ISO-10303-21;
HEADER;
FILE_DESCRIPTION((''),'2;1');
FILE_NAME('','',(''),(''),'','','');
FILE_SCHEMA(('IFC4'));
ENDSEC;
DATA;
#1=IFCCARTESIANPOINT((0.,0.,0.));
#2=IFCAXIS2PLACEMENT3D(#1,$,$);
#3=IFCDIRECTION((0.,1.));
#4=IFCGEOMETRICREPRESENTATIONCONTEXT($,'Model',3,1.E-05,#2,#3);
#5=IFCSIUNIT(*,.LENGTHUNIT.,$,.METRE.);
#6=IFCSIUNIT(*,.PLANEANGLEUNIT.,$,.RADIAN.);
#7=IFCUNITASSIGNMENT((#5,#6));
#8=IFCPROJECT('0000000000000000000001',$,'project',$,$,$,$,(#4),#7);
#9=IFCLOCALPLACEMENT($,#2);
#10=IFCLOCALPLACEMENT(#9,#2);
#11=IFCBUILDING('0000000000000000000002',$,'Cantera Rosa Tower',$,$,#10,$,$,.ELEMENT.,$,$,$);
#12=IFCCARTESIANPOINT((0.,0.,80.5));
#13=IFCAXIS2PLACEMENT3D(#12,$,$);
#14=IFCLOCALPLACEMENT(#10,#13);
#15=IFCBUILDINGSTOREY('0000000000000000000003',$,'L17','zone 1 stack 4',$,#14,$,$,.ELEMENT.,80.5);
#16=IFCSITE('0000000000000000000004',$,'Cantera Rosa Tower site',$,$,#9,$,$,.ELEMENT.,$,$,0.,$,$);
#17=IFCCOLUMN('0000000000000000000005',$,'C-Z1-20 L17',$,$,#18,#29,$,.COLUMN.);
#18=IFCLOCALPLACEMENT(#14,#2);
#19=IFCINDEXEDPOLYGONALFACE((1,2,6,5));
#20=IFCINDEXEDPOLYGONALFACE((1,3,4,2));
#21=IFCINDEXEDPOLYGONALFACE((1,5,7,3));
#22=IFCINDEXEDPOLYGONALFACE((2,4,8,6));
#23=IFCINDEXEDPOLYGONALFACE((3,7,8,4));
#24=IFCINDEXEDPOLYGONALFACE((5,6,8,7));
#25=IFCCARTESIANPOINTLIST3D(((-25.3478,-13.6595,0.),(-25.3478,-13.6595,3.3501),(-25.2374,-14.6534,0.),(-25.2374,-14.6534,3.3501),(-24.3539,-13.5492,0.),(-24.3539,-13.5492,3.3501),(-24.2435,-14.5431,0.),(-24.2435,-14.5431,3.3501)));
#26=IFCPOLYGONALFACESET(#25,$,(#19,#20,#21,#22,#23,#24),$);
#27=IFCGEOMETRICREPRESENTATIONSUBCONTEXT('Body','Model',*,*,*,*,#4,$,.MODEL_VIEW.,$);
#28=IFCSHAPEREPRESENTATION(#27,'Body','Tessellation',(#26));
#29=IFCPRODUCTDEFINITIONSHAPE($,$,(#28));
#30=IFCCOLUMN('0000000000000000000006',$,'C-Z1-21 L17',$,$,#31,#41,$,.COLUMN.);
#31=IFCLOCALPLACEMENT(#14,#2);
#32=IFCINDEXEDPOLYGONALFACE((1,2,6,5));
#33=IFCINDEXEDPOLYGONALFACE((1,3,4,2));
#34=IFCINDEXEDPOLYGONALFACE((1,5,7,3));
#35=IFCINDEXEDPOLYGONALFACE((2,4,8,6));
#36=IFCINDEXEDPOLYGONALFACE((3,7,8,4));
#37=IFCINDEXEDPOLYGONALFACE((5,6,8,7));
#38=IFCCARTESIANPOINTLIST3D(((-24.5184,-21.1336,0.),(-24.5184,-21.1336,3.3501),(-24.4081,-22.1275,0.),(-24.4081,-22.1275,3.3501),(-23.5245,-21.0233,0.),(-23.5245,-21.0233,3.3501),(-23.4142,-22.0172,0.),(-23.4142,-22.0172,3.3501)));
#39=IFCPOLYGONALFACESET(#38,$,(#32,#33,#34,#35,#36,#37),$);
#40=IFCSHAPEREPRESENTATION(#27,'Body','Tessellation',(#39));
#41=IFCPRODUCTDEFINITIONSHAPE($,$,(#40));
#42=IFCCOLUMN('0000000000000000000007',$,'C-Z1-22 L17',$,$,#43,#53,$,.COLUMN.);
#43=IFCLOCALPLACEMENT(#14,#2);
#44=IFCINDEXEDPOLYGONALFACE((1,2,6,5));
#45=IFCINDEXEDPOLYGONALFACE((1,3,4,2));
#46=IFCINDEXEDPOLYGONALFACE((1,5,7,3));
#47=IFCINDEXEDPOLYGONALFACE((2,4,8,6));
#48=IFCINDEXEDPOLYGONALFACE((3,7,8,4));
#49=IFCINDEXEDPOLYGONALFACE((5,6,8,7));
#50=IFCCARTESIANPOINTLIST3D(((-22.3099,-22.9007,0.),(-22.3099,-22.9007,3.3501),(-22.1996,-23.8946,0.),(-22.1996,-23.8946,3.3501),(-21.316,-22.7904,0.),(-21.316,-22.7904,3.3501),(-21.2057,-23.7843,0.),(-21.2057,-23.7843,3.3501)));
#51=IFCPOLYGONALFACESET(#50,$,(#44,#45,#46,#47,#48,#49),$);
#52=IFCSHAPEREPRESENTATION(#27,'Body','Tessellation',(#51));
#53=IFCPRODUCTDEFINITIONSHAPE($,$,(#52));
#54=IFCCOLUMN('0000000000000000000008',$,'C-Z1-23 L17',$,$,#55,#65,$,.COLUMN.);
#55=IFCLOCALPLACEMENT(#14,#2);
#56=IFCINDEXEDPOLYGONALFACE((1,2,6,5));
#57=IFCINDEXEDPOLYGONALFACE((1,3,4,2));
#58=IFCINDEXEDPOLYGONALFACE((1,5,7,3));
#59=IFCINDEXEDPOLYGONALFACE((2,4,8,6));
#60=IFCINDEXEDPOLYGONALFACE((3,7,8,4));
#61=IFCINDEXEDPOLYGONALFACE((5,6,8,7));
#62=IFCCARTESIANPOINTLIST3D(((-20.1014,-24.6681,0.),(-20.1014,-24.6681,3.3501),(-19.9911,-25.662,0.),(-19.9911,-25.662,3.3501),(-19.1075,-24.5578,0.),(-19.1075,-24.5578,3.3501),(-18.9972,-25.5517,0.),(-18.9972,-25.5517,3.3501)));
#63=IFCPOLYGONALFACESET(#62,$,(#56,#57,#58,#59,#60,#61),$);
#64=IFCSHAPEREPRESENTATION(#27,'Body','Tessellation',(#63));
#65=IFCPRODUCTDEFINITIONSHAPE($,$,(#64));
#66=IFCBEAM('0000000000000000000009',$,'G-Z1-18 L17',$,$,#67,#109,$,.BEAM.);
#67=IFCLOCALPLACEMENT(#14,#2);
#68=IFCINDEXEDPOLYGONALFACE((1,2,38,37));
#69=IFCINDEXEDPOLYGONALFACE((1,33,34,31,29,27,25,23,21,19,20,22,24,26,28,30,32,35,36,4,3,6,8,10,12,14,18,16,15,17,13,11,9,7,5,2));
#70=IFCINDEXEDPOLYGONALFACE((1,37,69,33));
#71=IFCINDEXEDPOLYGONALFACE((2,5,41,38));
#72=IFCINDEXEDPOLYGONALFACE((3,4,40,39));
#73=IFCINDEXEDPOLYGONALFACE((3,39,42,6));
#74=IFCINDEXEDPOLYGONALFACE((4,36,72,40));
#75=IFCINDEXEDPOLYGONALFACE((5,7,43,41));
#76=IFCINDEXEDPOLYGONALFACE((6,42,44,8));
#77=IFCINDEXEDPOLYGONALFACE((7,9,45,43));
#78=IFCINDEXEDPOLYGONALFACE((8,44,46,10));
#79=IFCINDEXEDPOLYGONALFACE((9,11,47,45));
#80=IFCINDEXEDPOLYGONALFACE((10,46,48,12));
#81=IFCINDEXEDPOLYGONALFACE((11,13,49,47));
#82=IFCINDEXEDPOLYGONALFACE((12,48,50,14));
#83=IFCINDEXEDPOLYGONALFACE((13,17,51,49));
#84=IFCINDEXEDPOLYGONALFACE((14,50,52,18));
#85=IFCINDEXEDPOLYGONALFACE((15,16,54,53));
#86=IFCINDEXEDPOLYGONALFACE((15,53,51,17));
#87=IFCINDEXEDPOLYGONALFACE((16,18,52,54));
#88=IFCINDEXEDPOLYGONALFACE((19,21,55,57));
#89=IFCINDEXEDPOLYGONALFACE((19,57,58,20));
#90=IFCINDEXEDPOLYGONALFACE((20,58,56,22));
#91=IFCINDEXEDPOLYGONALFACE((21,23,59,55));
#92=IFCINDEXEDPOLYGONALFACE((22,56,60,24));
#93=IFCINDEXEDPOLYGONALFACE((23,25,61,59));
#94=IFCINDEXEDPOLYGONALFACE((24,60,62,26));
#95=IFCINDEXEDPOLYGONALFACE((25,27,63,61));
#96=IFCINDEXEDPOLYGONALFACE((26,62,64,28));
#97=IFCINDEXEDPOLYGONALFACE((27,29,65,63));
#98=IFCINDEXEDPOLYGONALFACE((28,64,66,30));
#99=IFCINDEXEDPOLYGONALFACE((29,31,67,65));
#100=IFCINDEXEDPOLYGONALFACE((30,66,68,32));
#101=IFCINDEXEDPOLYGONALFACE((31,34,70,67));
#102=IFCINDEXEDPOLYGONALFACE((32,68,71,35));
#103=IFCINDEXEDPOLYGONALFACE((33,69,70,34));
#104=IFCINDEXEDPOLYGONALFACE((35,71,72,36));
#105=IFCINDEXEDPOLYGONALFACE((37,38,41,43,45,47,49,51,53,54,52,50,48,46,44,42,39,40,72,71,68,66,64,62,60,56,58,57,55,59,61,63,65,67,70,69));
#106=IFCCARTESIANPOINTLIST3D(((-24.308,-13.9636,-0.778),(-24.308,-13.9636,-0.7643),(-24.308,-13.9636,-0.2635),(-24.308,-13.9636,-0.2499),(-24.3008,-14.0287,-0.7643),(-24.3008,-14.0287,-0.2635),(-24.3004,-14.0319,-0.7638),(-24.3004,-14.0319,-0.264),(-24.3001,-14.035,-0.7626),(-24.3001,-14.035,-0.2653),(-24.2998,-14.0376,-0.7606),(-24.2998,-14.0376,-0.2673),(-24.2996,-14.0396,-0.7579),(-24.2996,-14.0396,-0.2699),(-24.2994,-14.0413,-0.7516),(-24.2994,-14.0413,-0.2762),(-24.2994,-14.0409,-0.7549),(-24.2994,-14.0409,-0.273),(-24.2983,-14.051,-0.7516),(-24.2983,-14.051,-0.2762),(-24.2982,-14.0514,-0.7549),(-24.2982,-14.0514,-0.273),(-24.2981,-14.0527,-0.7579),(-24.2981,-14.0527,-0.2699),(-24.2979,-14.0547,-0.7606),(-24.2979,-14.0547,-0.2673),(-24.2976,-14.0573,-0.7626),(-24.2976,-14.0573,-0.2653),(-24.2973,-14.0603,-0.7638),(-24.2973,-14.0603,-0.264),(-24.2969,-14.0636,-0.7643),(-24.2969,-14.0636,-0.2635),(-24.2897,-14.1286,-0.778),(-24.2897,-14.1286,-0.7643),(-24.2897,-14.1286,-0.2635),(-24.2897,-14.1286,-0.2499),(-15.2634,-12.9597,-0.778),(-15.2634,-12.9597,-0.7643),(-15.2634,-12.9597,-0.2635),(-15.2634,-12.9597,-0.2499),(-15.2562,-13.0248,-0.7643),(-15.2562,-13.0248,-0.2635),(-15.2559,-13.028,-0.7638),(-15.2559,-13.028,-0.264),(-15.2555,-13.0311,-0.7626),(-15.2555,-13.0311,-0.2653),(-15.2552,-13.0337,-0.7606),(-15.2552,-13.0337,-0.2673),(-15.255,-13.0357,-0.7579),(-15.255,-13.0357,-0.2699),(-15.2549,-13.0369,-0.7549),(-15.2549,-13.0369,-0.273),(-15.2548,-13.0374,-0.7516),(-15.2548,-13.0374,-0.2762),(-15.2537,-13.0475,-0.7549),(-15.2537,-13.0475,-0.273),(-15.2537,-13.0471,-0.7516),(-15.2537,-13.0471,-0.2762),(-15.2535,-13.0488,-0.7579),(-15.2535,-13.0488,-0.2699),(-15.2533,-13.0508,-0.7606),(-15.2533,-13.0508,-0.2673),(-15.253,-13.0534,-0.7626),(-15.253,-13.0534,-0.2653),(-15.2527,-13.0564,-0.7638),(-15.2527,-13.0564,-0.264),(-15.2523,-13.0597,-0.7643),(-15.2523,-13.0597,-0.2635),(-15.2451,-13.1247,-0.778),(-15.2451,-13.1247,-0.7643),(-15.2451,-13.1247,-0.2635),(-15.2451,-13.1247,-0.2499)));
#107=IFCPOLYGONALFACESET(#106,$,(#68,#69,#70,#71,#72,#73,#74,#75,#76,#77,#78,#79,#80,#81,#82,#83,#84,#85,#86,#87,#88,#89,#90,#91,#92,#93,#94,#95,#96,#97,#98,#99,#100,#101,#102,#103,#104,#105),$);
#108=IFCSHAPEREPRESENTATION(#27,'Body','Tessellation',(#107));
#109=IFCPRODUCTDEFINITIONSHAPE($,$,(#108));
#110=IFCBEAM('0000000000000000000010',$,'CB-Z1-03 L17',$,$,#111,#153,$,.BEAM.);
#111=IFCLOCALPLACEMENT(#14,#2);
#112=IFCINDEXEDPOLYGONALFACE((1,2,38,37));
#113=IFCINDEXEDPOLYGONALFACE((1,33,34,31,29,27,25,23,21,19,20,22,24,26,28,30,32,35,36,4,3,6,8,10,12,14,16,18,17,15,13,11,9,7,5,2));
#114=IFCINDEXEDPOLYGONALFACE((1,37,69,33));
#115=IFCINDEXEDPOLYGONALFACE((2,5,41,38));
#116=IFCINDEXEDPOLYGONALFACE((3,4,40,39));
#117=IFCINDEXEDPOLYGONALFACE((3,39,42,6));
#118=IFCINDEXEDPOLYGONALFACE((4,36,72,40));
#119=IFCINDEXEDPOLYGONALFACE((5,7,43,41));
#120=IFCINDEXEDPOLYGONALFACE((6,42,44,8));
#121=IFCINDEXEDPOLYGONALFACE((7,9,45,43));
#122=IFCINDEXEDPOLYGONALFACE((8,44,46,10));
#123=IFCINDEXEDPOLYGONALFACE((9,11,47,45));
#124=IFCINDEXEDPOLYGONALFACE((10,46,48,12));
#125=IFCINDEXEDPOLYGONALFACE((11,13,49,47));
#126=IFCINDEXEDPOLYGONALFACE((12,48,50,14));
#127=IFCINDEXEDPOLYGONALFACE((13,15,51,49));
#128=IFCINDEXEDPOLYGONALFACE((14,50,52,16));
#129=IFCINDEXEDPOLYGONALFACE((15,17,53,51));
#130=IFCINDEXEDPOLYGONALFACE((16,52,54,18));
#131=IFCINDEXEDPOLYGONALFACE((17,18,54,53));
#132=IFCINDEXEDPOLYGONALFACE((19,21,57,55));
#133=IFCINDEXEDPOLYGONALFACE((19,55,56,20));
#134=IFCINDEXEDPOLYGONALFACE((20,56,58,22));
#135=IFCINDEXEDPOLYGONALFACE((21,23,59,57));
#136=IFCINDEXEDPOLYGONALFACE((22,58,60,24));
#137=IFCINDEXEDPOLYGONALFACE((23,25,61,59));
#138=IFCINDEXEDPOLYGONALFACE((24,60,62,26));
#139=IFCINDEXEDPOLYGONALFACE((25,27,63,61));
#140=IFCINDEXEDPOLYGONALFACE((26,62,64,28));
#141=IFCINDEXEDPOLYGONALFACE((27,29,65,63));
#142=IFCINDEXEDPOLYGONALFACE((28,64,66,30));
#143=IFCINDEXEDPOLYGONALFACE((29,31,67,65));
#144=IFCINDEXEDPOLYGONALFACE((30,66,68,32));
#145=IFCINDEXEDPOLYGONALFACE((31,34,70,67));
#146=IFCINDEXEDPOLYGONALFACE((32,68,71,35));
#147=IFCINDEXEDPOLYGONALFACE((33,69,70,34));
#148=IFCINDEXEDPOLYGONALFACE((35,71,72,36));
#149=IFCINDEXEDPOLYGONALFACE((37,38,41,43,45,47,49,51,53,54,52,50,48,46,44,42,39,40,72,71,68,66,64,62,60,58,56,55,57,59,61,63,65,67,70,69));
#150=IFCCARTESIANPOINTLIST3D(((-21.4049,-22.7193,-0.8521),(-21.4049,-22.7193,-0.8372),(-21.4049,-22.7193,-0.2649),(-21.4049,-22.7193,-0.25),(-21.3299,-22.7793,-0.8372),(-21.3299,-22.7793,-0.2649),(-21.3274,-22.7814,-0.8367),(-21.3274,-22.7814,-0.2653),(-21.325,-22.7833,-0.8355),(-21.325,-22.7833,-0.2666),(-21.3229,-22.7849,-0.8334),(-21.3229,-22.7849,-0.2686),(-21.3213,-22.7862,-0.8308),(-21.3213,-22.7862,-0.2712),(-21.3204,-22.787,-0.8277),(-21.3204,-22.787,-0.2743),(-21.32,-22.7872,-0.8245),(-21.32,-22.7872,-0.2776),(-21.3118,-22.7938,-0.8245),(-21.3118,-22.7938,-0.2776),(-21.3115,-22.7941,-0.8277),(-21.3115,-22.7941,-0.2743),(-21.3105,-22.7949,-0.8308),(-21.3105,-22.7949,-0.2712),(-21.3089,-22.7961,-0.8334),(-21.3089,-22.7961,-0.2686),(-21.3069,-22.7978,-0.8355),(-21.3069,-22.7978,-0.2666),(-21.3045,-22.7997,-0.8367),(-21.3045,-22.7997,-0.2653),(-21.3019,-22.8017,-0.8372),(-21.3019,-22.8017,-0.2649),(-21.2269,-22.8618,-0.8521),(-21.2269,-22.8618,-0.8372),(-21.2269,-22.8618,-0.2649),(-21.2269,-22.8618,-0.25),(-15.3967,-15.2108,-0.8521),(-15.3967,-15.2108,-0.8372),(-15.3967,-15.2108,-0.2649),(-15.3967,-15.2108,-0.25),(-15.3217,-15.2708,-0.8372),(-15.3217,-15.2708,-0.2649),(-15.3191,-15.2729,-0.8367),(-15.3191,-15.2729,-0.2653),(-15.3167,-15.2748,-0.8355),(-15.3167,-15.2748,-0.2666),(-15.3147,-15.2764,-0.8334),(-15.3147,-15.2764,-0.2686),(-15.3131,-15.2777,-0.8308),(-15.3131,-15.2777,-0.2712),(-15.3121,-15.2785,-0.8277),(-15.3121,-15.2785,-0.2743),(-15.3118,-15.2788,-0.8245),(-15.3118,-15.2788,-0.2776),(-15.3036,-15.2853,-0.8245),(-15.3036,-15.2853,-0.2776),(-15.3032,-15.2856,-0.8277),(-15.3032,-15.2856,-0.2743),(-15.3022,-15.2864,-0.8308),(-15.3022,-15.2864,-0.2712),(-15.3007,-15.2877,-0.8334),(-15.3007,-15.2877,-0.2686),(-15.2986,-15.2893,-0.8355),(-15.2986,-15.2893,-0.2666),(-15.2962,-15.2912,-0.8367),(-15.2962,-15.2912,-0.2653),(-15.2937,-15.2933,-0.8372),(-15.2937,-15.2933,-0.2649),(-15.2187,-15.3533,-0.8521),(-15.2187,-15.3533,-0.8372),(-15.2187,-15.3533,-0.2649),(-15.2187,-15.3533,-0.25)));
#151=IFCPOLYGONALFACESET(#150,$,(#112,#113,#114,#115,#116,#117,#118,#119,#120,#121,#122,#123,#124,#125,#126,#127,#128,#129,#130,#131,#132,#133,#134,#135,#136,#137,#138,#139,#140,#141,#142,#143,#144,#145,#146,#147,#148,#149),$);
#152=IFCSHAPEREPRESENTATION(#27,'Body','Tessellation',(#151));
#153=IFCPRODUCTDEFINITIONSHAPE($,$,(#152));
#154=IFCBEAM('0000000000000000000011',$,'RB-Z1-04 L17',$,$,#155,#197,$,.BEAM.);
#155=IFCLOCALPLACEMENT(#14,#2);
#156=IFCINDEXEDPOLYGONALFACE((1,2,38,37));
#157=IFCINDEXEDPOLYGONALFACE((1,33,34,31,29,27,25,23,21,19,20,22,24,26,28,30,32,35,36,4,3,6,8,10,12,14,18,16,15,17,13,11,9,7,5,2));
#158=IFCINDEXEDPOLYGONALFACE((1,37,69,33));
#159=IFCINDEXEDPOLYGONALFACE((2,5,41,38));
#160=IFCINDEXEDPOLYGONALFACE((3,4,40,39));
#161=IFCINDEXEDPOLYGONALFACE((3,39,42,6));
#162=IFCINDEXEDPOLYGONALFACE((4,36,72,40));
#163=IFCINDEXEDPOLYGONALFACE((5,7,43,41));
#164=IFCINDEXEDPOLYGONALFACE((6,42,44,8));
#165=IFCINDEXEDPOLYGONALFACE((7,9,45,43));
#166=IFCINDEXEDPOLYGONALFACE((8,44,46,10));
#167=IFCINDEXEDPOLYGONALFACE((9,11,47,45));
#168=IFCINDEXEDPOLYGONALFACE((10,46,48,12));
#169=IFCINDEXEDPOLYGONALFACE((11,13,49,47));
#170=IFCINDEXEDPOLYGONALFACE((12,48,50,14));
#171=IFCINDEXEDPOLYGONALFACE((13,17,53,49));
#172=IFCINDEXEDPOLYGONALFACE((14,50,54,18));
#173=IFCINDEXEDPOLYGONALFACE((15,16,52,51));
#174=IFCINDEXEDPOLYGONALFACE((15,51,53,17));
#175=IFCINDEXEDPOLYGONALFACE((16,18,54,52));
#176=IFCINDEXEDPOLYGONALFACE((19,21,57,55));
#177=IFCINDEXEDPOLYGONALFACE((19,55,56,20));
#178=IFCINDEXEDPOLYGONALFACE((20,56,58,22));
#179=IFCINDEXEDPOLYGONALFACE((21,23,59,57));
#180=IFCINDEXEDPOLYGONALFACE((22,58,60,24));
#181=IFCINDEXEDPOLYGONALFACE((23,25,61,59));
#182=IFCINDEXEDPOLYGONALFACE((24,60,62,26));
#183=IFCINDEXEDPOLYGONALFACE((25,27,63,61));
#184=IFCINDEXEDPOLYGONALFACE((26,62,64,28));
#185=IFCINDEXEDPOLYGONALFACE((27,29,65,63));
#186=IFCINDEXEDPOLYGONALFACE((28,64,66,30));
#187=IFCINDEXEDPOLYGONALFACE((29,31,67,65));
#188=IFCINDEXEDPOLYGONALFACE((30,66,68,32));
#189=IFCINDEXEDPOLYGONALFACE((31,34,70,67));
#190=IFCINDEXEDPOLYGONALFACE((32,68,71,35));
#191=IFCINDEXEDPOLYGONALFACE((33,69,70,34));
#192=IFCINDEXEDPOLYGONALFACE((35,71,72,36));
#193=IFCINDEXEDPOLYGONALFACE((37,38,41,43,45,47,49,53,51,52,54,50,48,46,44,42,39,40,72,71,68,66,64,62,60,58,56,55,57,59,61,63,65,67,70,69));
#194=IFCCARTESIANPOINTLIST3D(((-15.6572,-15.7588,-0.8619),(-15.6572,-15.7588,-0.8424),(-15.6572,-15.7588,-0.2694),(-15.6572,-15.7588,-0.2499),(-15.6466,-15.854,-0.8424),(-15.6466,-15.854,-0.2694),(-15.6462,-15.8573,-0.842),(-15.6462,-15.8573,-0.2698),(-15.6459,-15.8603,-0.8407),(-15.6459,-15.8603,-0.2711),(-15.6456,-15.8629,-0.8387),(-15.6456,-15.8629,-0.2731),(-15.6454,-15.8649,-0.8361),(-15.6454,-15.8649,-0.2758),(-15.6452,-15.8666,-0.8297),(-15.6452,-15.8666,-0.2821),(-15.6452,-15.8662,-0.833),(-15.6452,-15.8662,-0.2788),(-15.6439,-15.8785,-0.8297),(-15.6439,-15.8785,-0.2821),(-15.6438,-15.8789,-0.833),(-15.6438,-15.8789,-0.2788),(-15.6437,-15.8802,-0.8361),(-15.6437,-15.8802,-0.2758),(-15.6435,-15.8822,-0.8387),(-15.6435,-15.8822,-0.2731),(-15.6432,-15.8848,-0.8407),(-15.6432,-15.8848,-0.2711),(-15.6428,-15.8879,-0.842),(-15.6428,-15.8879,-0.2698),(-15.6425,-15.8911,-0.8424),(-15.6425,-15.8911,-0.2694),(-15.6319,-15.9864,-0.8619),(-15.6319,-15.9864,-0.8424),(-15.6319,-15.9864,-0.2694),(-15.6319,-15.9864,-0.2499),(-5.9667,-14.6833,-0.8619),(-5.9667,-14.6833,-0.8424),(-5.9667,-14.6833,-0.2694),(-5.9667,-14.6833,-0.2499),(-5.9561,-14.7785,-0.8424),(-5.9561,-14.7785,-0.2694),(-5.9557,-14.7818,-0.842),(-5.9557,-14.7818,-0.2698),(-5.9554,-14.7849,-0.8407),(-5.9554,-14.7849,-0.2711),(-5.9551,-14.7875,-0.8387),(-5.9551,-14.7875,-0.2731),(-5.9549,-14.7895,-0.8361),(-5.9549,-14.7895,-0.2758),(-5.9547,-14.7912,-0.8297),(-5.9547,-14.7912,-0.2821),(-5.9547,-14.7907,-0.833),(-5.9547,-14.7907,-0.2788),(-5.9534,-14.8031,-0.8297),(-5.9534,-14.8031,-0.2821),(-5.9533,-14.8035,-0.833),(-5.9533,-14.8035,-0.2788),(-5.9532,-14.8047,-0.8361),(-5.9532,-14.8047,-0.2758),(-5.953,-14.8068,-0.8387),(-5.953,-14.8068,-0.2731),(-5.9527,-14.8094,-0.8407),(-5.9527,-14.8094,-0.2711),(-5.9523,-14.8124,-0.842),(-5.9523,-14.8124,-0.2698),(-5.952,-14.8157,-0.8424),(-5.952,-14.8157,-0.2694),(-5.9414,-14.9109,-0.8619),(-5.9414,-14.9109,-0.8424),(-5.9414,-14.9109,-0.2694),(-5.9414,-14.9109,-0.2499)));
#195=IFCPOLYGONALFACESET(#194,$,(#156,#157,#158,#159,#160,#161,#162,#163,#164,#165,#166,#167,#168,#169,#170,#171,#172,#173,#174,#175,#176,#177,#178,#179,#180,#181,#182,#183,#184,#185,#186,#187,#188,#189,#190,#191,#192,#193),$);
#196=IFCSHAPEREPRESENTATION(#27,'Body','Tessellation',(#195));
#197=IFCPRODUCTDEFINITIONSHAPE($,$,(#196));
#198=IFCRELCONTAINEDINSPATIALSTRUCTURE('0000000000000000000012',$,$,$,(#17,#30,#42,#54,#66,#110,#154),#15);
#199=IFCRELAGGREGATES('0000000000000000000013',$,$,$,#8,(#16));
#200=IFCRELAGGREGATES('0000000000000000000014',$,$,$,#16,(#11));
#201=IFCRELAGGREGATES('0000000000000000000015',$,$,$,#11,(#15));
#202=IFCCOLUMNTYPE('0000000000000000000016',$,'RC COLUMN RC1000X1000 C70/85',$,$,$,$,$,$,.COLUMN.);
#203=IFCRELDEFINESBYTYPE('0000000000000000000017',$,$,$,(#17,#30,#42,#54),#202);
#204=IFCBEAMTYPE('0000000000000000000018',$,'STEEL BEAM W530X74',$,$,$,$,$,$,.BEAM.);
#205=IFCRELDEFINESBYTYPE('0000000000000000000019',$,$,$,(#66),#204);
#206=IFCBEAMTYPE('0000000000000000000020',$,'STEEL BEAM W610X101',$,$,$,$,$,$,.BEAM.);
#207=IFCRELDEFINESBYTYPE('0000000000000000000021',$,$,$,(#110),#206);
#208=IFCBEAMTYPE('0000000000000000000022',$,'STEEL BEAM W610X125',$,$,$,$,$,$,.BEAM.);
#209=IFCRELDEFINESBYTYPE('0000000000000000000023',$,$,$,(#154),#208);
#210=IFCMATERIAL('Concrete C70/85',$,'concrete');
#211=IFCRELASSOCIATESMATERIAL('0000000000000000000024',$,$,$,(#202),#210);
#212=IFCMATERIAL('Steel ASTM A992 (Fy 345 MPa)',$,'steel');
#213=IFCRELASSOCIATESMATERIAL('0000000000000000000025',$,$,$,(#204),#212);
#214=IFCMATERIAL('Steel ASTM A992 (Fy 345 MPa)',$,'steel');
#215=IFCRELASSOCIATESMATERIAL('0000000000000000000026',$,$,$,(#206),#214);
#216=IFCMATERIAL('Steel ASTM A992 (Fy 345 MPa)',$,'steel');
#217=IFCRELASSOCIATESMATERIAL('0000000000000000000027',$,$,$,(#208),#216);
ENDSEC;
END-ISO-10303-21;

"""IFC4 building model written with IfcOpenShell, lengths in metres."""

from ifc_helpers import new_model, si_unit, direction, frame, origin, origin_2d, place, context, subcontext, project, spatial, rectangle, i_section, extrude, material, material_profile, profile_set, type_object, element, save


model = new_model("IFC4")

# Units and contexts
model_context = context("Model", 3, precision=1e-05, world=origin(), true_north=direction((0.0, 1.0)))
body_context = subcontext(model_context, "Body", "Model", "MODEL_VIEW")
ifc_project = project(units=[si_unit("LENGTHUNIT", "METRE"), si_unit("PLANEANGLEUNIT", "RADIAN")], contexts=[model_context])

# Site, building, storey
site_placement = place(None, origin())
site = spatial("IfcSite", under=ifc_project, at=site_placement, Name="Cantera Rosa Tower site", CompositionType="ELEMENT", RefElevation=0.0)
building_placement = place(site_placement, origin())
building = spatial("IfcBuilding", under=site, at=building_placement, Name="Cantera Rosa Tower", CompositionType="ELEMENT")
storey_placement = place(building_placement, frame((0.0, 0.0, 80.5)))
storey = spatial("IfcBuildingStorey", under=building, at=storey_placement, Name="L17", Description="zone 1 stack 4", CompositionType="ELEMENT", Elevation=80.5)

# Columns
ifc_material_1 = material(Name="Concrete C70/85", Category="concrete")
ifc_material_profile_1 = material_profile(ifc_material_1, rectangle(XDim=1.0, YDim=1.0, at=origin_2d()), Name="RC COLUMN RC1000X1000 C70/85")
ifc_profile_set_1 = profile_set([ifc_material_profile_1], Name="Concrete C70/85")
column_type = type_object("IfcColumnType", Name="RC COLUMN RC1000X1000 C70/85", PredefinedType="COLUMN", material=ifc_profile_set_1)
for number, where, z_axis, x_axis, name in (
    (1, (-24.7957, -14.1013, 0.0), (0.0, 0.0, 1.0), (0.993897, 0.110313, 0.0), "C-Z1-20 L17"),
    (2, (-23.9663, -21.5754, 0.0), (0.0, 0.0, 1.0), (0.993897, 0.110313, 0.0), "C-Z1-21 L17"),
    (3, (-21.7578, -23.3425, 0.0), (0.0, 0.0, 1.0), (0.993897, 0.110313, 0.0), "C-Z1-22 L17"),
    (4, (-19.5493, -25.1099, 0.0), (0.0, 0.0, 1.0), (0.993897, 0.110313, 0.0), "C-Z1-23 L17"),
):
    element("IfcColumn", number, at=place(storey_placement, frame(where, z_axis=z_axis, x_axis=x_axis)), inside=storey, type_object=column_type, Name=name, PredefinedType="COLUMN", context=body_context, shape_type="SweptSolid", body=[
        extrude(rectangle(XDim=1.0, YDim=1.0, at=origin_2d()), origin(), (0.0, 0.0, 1.0), 3.3501),
    ])

# Beams
ifc_material_2 = material(Name="Steel ASTM A992 (Fy 345 MPa)", Category="steel")
ifc_material_profile_2 = material_profile(ifc_material_2, i_section(OverallWidth=0.166, OverallDepth=0.5281, WebThickness=0.0098, FlangeThickness=0.0137, FilletRadius=0.0127, at=origin_2d()), Name="W530X74")
ifc_profile_set_2 = profile_set([ifc_material_profile_2], Name="Steel ASTM A992 (Fy 345 MPa)")
beam_type_1 = type_object("IfcBeamType", Name="STEEL BEAM W530X74", PredefinedType="BEAM", material=ifc_profile_set_2)
beam_1_placement = place(storey_placement, frame((-24.2988, -14.0461, -0.5139), z_axis=(0.993896, 0.11032, 0.0), x_axis=(-0.11032, 0.993896, 0.0)))
element("IfcBeam", 5, at=beam_1_placement, inside=storey, type_object=beam_type_1, Name="G-Z1-18 L17", PredefinedType="BEAM", context=body_context, shape_type="SweptSolid", body=[
    extrude(i_section(OverallWidth=0.166, OverallDepth=0.5281, WebThickness=0.0098, FlangeThickness=0.0137, FilletRadius=0.0127, at=origin_2d()), origin(), (0.0, 0.0, 1.0), 9.1001),
])
ifc_material_3 = material(Name="Steel ASTM A992 (Fy 345 MPa)", Category="steel")
ifc_material_profile_3 = material_profile(ifc_material_3, i_section(OverallWidth=0.228, OverallDepth=0.6021, WebThickness=0.0105, FlangeThickness=0.0149, FilletRadius=0.0127, at=origin_2d()), Name="W610X101")
ifc_profile_set_3 = profile_set([ifc_material_profile_3], Name="Steel ASTM A992 (Fy 345 MPa)")
beam_type_2 = type_object("IfcBeamType", Name="STEEL BEAM W610X101", PredefinedType="BEAM", material=ifc_profile_set_3)
beam_2_placement = place(storey_placement, frame((-21.3159, -22.7905, -0.551), z_axis=(0.624788, 0.780794, 0.0), x_axis=(-0.780794, 0.624788, 0.0)))
element("IfcBeam", 6, at=beam_2_placement, inside=storey, type_object=beam_type_2, Name="CB-Z1-03 L17", PredefinedType="BEAM", context=body_context, shape_type="SweptSolid", body=[
    extrude(i_section(OverallWidth=0.228, OverallDepth=0.6021, WebThickness=0.0105, FlangeThickness=0.0149, FilletRadius=0.0127, at=origin_2d()), origin(), (0.0, 0.0, 1.0), 9.6165),
])
ifc_material_4 = material(Name="Steel ASTM A992 (Fy 345 MPa)", Category="steel")
ifc_material_profile_4 = material_profile(ifc_material_4, i_section(OverallWidth=0.229, OverallDepth=0.6121, WebThickness=0.012, FlangeThickness=0.0195, FilletRadius=0.0127, at=origin_2d()), Name="W610X125")
ifc_profile_set_4 = profile_set([ifc_material_profile_4], Name="Steel ASTM A992 (Fy 345 MPa)")
beam_type_3 = type_object("IfcBeamType", Name="STEEL BEAM W610X125", PredefinedType="BEAM", material=ifc_profile_set_4)
beam_3_placement = place(storey_placement, frame((-15.6445, -15.8726, -0.5559), z_axis=(0.993898, 0.110302, 0.0), x_axis=(-0.110302, 0.993898, 0.0)))
element("IfcBeam", 7, at=beam_3_placement, inside=storey, type_object=beam_type_3, Name="RB-Z1-04 L17", PredefinedType="BEAM", context=body_context, shape_type="SweptSolid", body=[
    extrude(i_section(OverallWidth=0.229, OverallDepth=0.6121, WebThickness=0.012, FlangeThickness=0.0195, FilletRadius=0.0127, at=origin_2d()), origin(), (0.0, 0.0, 1.0), 9.75),
])

save(model, "model.ifc")
